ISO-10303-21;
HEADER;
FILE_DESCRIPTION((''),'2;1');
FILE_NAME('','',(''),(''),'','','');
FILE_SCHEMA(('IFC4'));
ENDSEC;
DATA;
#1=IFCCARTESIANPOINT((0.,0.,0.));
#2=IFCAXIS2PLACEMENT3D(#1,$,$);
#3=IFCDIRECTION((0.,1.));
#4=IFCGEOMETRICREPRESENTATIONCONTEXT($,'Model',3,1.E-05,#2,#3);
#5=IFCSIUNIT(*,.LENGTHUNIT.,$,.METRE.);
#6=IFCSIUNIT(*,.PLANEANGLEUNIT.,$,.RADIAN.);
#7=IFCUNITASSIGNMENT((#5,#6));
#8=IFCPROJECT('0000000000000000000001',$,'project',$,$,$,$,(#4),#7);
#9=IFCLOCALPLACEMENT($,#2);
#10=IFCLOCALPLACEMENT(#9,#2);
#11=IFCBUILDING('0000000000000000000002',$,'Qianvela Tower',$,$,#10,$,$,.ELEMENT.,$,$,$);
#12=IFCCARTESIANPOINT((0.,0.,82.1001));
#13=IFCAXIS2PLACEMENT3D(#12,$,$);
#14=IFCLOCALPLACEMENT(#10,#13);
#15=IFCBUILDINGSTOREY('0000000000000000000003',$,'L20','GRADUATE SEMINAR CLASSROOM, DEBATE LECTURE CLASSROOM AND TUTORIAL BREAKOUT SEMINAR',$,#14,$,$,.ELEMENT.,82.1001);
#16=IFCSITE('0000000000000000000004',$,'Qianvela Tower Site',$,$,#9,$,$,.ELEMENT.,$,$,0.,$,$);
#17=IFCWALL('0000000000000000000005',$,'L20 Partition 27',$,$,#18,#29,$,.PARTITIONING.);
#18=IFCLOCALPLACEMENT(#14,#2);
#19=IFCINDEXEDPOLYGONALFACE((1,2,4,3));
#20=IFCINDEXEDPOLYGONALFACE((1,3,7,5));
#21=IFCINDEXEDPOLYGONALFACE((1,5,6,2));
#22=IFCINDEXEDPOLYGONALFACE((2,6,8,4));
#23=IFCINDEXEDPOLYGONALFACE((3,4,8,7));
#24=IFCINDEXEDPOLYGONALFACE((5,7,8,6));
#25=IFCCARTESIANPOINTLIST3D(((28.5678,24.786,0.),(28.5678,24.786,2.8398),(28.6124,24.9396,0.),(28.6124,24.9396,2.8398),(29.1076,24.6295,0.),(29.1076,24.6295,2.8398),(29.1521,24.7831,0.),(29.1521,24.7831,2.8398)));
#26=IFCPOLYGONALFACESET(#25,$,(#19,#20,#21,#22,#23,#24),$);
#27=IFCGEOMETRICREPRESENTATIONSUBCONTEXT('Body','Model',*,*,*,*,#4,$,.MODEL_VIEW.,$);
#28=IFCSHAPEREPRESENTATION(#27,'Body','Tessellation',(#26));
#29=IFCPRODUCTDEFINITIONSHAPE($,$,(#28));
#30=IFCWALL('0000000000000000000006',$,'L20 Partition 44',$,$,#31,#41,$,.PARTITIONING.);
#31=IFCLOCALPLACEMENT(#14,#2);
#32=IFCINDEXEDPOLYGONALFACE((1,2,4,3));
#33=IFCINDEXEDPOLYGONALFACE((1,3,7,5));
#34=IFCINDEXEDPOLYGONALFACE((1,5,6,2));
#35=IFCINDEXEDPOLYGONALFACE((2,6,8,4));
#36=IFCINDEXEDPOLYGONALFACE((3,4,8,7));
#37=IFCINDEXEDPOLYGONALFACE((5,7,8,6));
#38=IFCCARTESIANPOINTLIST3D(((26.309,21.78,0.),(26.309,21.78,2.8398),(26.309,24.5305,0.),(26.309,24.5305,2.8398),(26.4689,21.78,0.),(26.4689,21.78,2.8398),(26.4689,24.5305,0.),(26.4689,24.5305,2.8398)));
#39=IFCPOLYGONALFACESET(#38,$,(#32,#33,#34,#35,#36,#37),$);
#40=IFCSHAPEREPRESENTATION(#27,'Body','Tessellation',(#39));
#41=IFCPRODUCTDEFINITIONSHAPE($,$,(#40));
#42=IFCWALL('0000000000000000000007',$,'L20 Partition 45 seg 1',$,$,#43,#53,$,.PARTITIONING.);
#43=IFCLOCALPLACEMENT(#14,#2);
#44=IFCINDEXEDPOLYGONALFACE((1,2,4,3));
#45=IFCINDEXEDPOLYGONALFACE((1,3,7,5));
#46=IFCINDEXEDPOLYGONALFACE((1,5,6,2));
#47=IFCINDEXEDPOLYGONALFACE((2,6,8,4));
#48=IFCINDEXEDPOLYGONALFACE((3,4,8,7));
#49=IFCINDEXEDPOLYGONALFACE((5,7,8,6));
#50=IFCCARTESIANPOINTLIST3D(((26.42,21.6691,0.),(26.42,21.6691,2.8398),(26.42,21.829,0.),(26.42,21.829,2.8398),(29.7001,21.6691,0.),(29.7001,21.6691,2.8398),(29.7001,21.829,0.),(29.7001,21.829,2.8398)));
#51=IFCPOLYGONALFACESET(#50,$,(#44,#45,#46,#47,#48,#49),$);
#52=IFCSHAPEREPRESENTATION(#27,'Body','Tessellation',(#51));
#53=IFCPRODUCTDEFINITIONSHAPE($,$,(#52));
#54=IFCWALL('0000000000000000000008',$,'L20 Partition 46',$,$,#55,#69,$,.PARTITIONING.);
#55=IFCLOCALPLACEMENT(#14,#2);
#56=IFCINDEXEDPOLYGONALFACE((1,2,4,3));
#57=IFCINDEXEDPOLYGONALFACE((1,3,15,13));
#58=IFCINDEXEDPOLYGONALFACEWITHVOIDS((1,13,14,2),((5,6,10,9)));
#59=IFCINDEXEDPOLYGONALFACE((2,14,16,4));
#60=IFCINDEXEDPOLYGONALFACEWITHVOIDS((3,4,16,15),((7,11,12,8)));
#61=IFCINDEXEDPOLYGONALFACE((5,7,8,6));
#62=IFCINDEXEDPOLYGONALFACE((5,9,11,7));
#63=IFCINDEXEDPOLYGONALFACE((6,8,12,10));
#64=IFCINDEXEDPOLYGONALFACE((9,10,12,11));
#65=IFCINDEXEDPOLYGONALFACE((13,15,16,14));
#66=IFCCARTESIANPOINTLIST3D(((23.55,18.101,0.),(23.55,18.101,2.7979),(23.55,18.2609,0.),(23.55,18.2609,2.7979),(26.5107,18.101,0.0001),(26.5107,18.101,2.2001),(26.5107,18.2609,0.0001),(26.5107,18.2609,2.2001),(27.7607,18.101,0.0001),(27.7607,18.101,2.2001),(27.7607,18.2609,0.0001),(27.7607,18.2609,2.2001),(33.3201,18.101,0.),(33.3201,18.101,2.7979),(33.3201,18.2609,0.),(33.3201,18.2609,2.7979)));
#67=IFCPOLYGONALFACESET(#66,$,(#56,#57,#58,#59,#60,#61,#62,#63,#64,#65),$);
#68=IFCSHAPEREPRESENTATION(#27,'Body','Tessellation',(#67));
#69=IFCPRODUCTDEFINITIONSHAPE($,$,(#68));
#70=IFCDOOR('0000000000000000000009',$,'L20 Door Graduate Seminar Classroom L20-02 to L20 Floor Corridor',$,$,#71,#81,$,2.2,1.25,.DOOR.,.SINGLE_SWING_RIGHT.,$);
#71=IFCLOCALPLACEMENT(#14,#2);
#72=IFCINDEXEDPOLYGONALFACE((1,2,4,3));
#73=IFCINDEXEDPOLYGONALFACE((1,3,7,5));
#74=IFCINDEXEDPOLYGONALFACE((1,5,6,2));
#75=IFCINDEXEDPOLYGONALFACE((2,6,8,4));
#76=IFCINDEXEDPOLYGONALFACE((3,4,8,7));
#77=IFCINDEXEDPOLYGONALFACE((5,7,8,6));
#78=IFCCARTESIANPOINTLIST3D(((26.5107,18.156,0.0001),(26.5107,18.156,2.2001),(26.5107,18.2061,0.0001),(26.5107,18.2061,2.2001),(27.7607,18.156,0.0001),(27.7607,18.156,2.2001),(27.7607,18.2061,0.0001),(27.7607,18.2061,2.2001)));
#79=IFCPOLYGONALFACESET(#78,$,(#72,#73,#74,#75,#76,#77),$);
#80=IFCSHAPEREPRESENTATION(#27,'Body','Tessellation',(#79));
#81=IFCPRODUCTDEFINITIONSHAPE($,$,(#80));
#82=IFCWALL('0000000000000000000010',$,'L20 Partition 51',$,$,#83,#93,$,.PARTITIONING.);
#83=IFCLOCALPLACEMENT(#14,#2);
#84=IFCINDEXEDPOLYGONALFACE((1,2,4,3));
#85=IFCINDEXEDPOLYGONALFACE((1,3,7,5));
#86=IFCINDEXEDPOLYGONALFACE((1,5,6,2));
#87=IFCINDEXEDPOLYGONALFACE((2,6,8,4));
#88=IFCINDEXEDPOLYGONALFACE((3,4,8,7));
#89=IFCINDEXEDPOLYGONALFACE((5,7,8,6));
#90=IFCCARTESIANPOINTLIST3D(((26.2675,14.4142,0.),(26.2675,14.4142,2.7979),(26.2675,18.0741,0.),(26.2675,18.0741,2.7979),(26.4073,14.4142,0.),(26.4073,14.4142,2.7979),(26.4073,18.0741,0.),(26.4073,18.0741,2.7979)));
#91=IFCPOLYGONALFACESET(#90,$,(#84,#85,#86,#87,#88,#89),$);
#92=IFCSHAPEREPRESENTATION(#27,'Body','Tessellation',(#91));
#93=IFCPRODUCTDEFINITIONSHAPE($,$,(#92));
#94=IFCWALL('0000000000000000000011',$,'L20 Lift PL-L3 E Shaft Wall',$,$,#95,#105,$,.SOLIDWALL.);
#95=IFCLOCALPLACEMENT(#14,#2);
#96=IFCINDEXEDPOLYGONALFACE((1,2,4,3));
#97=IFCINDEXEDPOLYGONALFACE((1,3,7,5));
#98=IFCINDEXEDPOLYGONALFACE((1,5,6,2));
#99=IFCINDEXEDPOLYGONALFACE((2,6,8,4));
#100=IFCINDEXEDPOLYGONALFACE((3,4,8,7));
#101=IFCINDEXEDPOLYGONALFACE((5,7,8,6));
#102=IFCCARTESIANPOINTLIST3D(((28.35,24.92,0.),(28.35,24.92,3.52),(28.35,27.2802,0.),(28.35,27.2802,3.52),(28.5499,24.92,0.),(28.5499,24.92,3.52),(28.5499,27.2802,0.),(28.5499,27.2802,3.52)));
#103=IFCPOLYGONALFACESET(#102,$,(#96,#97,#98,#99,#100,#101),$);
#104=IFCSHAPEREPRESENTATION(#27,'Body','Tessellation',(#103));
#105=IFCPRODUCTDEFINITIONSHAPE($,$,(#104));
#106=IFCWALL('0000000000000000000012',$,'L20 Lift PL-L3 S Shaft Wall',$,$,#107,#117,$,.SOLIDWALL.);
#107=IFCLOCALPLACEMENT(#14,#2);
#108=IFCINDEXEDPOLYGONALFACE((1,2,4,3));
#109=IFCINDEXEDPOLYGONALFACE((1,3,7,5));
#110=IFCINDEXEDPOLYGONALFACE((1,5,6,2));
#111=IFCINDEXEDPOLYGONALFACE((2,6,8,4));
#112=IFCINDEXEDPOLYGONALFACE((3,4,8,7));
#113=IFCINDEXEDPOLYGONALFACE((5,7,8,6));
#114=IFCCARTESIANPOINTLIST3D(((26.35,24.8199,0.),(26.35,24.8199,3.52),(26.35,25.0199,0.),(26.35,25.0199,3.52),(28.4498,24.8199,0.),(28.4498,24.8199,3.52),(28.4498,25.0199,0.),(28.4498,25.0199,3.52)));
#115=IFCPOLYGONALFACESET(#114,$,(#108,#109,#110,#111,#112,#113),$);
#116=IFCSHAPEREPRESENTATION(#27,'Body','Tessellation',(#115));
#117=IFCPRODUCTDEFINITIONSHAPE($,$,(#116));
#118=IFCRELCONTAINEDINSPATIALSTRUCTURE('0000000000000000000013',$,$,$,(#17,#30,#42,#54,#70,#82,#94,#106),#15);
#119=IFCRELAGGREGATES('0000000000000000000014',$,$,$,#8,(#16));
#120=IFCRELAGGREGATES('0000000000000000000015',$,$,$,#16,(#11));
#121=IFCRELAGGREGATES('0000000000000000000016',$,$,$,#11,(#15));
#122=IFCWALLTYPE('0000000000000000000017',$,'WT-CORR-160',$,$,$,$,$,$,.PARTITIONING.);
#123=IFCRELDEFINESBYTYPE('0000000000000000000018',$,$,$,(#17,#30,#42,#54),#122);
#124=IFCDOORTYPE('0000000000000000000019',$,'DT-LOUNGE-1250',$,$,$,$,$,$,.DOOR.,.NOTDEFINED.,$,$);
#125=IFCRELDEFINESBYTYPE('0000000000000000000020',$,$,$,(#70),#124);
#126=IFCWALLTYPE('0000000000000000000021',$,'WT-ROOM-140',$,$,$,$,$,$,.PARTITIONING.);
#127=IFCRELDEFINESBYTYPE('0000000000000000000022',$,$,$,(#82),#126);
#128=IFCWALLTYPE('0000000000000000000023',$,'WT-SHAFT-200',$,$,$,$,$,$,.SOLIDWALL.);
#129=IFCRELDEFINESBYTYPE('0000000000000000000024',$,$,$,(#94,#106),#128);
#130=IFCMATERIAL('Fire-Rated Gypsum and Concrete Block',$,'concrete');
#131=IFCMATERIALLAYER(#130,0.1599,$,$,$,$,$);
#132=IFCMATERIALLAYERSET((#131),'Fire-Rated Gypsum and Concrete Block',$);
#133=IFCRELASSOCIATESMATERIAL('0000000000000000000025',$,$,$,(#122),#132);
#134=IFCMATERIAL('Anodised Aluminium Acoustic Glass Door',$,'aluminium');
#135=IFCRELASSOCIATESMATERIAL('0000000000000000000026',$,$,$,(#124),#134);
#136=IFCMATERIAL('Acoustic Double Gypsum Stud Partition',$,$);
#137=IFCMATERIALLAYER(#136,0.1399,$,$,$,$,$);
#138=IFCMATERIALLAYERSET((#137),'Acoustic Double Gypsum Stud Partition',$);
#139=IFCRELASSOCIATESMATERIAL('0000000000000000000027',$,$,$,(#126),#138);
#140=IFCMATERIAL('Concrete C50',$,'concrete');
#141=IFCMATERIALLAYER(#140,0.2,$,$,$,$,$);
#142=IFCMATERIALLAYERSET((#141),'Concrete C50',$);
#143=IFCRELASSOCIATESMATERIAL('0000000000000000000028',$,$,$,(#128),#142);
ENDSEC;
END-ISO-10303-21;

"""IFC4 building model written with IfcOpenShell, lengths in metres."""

from ifc_helpers import new_model, si_unit, direction, frame, frame_2d, origin, place, context, subcontext, project, spatial, rectangle, extrude, material, layer, layer_set, type_object, element, fill, save


model = new_model("IFC4")

# Units and contexts
model_context = context("Model", 3, precision=1e-05, world=origin(), true_north=direction((0.0, 1.0)))
body_context = subcontext(model_context, "Body", "Model", "MODEL_VIEW")
ifc_project = project(units=[si_unit("LENGTHUNIT", "METRE"), si_unit("PLANEANGLEUNIT", "RADIAN")], contexts=[model_context])

# Site, building, storey
site_placement = place(None, origin())
site = spatial("IfcSite", under=ifc_project, at=site_placement, Name="Qianvela Tower Site", CompositionType="ELEMENT", RefElevation=0.0)
building_placement = place(site_placement, origin())
building = spatial("IfcBuilding", under=site, at=building_placement, Name="Qianvela Tower", CompositionType="ELEMENT")
storey_placement = place(building_placement, frame((0.0, 0.0, 82.1001)))
storey = spatial("IfcBuildingStorey", under=building, at=storey_placement, Name="L20", Description="GRADUATE SEMINAR CLASSROOM, DEBATE LECTURE CLASSROOM AND TUTORIAL BREAKOUT SEMINAR", CompositionType="ELEMENT", Elevation=82.1001)

# Shared definitions
ifc_material_1 = material(Name="Fire-Rated Gypsum and Concrete Block", Category="concrete")
ifc_layer_1 = layer(ifc_material_1, 0.1599)
ifc_layer_set_1 = layer_set([ifc_layer_1], Name="Fire-Rated Gypsum and Concrete Block")
wall_type_1 = type_object("IfcWallType", Name="WT-CORR-160", PredefinedType="PARTITIONING", material=ifc_layer_set_1)

# Walls
wall_1_placement = place(storey_placement, frame((29.1299, 24.7063, 0.0), z_axis=(0.0, 0.0, 1.0), x_axis=(-0.960451, 0.278448, 0.0)))
element("IfcWall", 1, at=wall_1_placement, inside=storey, type_object=wall_type_1, Name="L20 Partition 27", PredefinedType="PARTITIONING", context=body_context, shape_type="SweptSolid", body=[
    extrude(rectangle(XDim=0.562, YDim=0.1599, at=frame_2d((0.281, 0.0))), origin(), (0.0, 0.0, 1.0), 2.8398),
])
wall_2_placement = place(storey_placement, frame((26.3889, 24.5305, 0.0), z_axis=(0.0, 0.0, 1.0), x_axis=(0.0, -1.0, 0.0)))
element("IfcWall", 2, at=wall_2_placement, inside=storey, type_object=wall_type_1, Name="L20 Partition 44", PredefinedType="PARTITIONING", context=body_context, shape_type="SweptSolid", body=[
    extrude(rectangle(XDim=2.7505, YDim=0.1599, at=frame_2d((1.3752, 0.0))), origin(), (0.0, 0.0, 1.0), 2.8398),
])
wall_3_placement = place(storey_placement, frame((26.4199, 21.749, 0.0), z_axis=(0.0, 0.0, 1.0), x_axis=(1.0, 0.0, 0.0)))
element("IfcWall", 3, at=wall_3_placement, inside=storey, type_object=wall_type_1, Name="L20 Partition 45 seg 1", PredefinedType="PARTITIONING", context=body_context, shape_type="SweptSolid", body=[
    extrude(rectangle(XDim=3.28, YDim=0.1599, at=frame_2d((1.6401, 0.0))), origin(), (0.0, 0.0, 1.0), 2.8398),
])

# Wall, opening, door
wall_4_placement = place(storey_placement, frame((33.3201, 18.1809, 0.0), z_axis=(0.0, 0.0, 1.0), x_axis=(-1.0, 0.0, 0.0)))
wall_4 = element("IfcWall", 4, at=wall_4_placement, inside=storey, type_object=wall_type_1, Name="L20 Partition 46", PredefinedType="PARTITIONING", context=body_context, shape_type="SweptSolid", body=[
    extrude(rectangle(XDim=9.77, YDim=0.1599, at=frame_2d((4.885, 0.0))), origin(), (0.0, 0.0, 1.0), 2.7979),
])
opening_1_placement = place(wall_4_placement, frame((5.5593, 0.0, 0.0)))
opening_1 = element("IfcOpeningElement", 5, at=opening_1_placement, cuts=wall_4, PredefinedType="OPENING", context=body_context, shape_type="SweptSolid", body=[
    extrude(rectangle(XDim=1.25, YDim=2.2, at=frame_2d((0.625, 1.1001))), frame((0.0, 0.0898, 0.0), z_axis=(0.0, -1.0, 0.0), x_axis=(1.0, 0.0, 0.0)), (0.0, 0.0, 1.0), 0.1799),
])
ifc_material_2 = material(Name="Anodised Aluminium Acoustic Glass Door", Category="aluminium")
door_type_1 = type_object("IfcDoorType", Name="DT-LOUNGE-1250", OperationType="NOTDEFINED", PredefinedType="DOOR", material=ifc_material_2)
door_1_placement = place(opening_1_placement, origin())
door_1 = element("IfcDoor", 6, at=door_1_placement, inside=storey, type_object=door_type_1, Name="L20 Door Graduate Seminar Classroom L20-02 to L20 Floor Corridor", OperationType="SINGLE_SWING_RIGHT", OverallHeight=2.2, OverallWidth=1.25, PredefinedType="DOOR", context=body_context, shape_type="SweptSolid", body=[
    extrude(rectangle(XDim=1.25, YDim=2.2, at=frame_2d((0.625, 1.1001))), frame((0.0, 0.0249, 0.0), z_axis=(0.0, -1.0, 0.0), x_axis=(1.0, 0.0, 0.0)), (0.0, 0.0, 1.0), 0.05),
])
fill(opening_1, door_1)

# Walls
ifc_material_3 = material(Name="Acoustic Double Gypsum Stud Partition")
ifc_layer_2 = layer(ifc_material_3, 0.1399)
ifc_layer_set_2 = layer_set([ifc_layer_2], Name="Acoustic Double Gypsum Stud Partition")
wall_type_2 = type_object("IfcWallType", Name="WT-ROOM-140", PredefinedType="PARTITIONING", material=ifc_layer_set_2)
wall_5_placement = place(storey_placement, frame((26.3374, 18.0742, 0.0), z_axis=(0.0, 0.0, 1.0), x_axis=(0.0, -1.0, 0.0)))
element("IfcWall", 7, at=wall_5_placement, inside=storey, type_object=wall_type_2, Name="L20 Partition 51", PredefinedType="PARTITIONING", context=body_context, shape_type="SweptSolid", body=[
    extrude(rectangle(XDim=3.6599, YDim=0.1399, at=frame_2d((1.8301, 0.0))), origin(), (0.0, 0.0, 1.0), 2.7979),
])
ifc_material_4 = material(Name="Concrete C50", Category="concrete")
ifc_layer_3 = layer(ifc_material_4, 0.2)
ifc_layer_set_3 = layer_set([ifc_layer_3], Name="Concrete C50")
wall_type_3 = type_object("IfcWallType", Name="WT-SHAFT-200", PredefinedType="SOLIDWALL", material=ifc_layer_set_3)
wall_6_placement = place(storey_placement, frame((28.45, 24.9199, 0.0), z_axis=(0.0, 0.0, 1.0), x_axis=(0.0, 1.0, 0.0)))
element("IfcWall", 8, at=wall_6_placement, inside=storey, type_object=wall_type_3, Name="L20 Lift PL-L3 E Shaft Wall", PredefinedType="SOLIDWALL", context=body_context, shape_type="SweptSolid", body=[
    extrude(rectangle(XDim=2.3601, YDim=0.2, at=frame_2d((1.1802, 0.0))), origin(), (0.0, 0.0, 1.0), 3.52),
])

# Wall
wall_7_placement = place(storey_placement, frame((26.3501, 24.9199, 0.0), z_axis=(0.0, 0.0, 1.0), x_axis=(1.0, 0.0, 0.0)))
element("IfcWall", 9, at=wall_7_placement, inside=storey, type_object=wall_type_3, Name="L20 Lift PL-L3 S Shaft Wall", PredefinedType="SOLIDWALL", context=body_context, shape_type="SweptSolid", body=[
    extrude(rectangle(XDim=2.0999, YDim=0.2, at=frame_2d((1.0498, 0.0))), origin(), (0.0, 0.0, 1.0), 3.52),
])

save(model, "model.ifc")
